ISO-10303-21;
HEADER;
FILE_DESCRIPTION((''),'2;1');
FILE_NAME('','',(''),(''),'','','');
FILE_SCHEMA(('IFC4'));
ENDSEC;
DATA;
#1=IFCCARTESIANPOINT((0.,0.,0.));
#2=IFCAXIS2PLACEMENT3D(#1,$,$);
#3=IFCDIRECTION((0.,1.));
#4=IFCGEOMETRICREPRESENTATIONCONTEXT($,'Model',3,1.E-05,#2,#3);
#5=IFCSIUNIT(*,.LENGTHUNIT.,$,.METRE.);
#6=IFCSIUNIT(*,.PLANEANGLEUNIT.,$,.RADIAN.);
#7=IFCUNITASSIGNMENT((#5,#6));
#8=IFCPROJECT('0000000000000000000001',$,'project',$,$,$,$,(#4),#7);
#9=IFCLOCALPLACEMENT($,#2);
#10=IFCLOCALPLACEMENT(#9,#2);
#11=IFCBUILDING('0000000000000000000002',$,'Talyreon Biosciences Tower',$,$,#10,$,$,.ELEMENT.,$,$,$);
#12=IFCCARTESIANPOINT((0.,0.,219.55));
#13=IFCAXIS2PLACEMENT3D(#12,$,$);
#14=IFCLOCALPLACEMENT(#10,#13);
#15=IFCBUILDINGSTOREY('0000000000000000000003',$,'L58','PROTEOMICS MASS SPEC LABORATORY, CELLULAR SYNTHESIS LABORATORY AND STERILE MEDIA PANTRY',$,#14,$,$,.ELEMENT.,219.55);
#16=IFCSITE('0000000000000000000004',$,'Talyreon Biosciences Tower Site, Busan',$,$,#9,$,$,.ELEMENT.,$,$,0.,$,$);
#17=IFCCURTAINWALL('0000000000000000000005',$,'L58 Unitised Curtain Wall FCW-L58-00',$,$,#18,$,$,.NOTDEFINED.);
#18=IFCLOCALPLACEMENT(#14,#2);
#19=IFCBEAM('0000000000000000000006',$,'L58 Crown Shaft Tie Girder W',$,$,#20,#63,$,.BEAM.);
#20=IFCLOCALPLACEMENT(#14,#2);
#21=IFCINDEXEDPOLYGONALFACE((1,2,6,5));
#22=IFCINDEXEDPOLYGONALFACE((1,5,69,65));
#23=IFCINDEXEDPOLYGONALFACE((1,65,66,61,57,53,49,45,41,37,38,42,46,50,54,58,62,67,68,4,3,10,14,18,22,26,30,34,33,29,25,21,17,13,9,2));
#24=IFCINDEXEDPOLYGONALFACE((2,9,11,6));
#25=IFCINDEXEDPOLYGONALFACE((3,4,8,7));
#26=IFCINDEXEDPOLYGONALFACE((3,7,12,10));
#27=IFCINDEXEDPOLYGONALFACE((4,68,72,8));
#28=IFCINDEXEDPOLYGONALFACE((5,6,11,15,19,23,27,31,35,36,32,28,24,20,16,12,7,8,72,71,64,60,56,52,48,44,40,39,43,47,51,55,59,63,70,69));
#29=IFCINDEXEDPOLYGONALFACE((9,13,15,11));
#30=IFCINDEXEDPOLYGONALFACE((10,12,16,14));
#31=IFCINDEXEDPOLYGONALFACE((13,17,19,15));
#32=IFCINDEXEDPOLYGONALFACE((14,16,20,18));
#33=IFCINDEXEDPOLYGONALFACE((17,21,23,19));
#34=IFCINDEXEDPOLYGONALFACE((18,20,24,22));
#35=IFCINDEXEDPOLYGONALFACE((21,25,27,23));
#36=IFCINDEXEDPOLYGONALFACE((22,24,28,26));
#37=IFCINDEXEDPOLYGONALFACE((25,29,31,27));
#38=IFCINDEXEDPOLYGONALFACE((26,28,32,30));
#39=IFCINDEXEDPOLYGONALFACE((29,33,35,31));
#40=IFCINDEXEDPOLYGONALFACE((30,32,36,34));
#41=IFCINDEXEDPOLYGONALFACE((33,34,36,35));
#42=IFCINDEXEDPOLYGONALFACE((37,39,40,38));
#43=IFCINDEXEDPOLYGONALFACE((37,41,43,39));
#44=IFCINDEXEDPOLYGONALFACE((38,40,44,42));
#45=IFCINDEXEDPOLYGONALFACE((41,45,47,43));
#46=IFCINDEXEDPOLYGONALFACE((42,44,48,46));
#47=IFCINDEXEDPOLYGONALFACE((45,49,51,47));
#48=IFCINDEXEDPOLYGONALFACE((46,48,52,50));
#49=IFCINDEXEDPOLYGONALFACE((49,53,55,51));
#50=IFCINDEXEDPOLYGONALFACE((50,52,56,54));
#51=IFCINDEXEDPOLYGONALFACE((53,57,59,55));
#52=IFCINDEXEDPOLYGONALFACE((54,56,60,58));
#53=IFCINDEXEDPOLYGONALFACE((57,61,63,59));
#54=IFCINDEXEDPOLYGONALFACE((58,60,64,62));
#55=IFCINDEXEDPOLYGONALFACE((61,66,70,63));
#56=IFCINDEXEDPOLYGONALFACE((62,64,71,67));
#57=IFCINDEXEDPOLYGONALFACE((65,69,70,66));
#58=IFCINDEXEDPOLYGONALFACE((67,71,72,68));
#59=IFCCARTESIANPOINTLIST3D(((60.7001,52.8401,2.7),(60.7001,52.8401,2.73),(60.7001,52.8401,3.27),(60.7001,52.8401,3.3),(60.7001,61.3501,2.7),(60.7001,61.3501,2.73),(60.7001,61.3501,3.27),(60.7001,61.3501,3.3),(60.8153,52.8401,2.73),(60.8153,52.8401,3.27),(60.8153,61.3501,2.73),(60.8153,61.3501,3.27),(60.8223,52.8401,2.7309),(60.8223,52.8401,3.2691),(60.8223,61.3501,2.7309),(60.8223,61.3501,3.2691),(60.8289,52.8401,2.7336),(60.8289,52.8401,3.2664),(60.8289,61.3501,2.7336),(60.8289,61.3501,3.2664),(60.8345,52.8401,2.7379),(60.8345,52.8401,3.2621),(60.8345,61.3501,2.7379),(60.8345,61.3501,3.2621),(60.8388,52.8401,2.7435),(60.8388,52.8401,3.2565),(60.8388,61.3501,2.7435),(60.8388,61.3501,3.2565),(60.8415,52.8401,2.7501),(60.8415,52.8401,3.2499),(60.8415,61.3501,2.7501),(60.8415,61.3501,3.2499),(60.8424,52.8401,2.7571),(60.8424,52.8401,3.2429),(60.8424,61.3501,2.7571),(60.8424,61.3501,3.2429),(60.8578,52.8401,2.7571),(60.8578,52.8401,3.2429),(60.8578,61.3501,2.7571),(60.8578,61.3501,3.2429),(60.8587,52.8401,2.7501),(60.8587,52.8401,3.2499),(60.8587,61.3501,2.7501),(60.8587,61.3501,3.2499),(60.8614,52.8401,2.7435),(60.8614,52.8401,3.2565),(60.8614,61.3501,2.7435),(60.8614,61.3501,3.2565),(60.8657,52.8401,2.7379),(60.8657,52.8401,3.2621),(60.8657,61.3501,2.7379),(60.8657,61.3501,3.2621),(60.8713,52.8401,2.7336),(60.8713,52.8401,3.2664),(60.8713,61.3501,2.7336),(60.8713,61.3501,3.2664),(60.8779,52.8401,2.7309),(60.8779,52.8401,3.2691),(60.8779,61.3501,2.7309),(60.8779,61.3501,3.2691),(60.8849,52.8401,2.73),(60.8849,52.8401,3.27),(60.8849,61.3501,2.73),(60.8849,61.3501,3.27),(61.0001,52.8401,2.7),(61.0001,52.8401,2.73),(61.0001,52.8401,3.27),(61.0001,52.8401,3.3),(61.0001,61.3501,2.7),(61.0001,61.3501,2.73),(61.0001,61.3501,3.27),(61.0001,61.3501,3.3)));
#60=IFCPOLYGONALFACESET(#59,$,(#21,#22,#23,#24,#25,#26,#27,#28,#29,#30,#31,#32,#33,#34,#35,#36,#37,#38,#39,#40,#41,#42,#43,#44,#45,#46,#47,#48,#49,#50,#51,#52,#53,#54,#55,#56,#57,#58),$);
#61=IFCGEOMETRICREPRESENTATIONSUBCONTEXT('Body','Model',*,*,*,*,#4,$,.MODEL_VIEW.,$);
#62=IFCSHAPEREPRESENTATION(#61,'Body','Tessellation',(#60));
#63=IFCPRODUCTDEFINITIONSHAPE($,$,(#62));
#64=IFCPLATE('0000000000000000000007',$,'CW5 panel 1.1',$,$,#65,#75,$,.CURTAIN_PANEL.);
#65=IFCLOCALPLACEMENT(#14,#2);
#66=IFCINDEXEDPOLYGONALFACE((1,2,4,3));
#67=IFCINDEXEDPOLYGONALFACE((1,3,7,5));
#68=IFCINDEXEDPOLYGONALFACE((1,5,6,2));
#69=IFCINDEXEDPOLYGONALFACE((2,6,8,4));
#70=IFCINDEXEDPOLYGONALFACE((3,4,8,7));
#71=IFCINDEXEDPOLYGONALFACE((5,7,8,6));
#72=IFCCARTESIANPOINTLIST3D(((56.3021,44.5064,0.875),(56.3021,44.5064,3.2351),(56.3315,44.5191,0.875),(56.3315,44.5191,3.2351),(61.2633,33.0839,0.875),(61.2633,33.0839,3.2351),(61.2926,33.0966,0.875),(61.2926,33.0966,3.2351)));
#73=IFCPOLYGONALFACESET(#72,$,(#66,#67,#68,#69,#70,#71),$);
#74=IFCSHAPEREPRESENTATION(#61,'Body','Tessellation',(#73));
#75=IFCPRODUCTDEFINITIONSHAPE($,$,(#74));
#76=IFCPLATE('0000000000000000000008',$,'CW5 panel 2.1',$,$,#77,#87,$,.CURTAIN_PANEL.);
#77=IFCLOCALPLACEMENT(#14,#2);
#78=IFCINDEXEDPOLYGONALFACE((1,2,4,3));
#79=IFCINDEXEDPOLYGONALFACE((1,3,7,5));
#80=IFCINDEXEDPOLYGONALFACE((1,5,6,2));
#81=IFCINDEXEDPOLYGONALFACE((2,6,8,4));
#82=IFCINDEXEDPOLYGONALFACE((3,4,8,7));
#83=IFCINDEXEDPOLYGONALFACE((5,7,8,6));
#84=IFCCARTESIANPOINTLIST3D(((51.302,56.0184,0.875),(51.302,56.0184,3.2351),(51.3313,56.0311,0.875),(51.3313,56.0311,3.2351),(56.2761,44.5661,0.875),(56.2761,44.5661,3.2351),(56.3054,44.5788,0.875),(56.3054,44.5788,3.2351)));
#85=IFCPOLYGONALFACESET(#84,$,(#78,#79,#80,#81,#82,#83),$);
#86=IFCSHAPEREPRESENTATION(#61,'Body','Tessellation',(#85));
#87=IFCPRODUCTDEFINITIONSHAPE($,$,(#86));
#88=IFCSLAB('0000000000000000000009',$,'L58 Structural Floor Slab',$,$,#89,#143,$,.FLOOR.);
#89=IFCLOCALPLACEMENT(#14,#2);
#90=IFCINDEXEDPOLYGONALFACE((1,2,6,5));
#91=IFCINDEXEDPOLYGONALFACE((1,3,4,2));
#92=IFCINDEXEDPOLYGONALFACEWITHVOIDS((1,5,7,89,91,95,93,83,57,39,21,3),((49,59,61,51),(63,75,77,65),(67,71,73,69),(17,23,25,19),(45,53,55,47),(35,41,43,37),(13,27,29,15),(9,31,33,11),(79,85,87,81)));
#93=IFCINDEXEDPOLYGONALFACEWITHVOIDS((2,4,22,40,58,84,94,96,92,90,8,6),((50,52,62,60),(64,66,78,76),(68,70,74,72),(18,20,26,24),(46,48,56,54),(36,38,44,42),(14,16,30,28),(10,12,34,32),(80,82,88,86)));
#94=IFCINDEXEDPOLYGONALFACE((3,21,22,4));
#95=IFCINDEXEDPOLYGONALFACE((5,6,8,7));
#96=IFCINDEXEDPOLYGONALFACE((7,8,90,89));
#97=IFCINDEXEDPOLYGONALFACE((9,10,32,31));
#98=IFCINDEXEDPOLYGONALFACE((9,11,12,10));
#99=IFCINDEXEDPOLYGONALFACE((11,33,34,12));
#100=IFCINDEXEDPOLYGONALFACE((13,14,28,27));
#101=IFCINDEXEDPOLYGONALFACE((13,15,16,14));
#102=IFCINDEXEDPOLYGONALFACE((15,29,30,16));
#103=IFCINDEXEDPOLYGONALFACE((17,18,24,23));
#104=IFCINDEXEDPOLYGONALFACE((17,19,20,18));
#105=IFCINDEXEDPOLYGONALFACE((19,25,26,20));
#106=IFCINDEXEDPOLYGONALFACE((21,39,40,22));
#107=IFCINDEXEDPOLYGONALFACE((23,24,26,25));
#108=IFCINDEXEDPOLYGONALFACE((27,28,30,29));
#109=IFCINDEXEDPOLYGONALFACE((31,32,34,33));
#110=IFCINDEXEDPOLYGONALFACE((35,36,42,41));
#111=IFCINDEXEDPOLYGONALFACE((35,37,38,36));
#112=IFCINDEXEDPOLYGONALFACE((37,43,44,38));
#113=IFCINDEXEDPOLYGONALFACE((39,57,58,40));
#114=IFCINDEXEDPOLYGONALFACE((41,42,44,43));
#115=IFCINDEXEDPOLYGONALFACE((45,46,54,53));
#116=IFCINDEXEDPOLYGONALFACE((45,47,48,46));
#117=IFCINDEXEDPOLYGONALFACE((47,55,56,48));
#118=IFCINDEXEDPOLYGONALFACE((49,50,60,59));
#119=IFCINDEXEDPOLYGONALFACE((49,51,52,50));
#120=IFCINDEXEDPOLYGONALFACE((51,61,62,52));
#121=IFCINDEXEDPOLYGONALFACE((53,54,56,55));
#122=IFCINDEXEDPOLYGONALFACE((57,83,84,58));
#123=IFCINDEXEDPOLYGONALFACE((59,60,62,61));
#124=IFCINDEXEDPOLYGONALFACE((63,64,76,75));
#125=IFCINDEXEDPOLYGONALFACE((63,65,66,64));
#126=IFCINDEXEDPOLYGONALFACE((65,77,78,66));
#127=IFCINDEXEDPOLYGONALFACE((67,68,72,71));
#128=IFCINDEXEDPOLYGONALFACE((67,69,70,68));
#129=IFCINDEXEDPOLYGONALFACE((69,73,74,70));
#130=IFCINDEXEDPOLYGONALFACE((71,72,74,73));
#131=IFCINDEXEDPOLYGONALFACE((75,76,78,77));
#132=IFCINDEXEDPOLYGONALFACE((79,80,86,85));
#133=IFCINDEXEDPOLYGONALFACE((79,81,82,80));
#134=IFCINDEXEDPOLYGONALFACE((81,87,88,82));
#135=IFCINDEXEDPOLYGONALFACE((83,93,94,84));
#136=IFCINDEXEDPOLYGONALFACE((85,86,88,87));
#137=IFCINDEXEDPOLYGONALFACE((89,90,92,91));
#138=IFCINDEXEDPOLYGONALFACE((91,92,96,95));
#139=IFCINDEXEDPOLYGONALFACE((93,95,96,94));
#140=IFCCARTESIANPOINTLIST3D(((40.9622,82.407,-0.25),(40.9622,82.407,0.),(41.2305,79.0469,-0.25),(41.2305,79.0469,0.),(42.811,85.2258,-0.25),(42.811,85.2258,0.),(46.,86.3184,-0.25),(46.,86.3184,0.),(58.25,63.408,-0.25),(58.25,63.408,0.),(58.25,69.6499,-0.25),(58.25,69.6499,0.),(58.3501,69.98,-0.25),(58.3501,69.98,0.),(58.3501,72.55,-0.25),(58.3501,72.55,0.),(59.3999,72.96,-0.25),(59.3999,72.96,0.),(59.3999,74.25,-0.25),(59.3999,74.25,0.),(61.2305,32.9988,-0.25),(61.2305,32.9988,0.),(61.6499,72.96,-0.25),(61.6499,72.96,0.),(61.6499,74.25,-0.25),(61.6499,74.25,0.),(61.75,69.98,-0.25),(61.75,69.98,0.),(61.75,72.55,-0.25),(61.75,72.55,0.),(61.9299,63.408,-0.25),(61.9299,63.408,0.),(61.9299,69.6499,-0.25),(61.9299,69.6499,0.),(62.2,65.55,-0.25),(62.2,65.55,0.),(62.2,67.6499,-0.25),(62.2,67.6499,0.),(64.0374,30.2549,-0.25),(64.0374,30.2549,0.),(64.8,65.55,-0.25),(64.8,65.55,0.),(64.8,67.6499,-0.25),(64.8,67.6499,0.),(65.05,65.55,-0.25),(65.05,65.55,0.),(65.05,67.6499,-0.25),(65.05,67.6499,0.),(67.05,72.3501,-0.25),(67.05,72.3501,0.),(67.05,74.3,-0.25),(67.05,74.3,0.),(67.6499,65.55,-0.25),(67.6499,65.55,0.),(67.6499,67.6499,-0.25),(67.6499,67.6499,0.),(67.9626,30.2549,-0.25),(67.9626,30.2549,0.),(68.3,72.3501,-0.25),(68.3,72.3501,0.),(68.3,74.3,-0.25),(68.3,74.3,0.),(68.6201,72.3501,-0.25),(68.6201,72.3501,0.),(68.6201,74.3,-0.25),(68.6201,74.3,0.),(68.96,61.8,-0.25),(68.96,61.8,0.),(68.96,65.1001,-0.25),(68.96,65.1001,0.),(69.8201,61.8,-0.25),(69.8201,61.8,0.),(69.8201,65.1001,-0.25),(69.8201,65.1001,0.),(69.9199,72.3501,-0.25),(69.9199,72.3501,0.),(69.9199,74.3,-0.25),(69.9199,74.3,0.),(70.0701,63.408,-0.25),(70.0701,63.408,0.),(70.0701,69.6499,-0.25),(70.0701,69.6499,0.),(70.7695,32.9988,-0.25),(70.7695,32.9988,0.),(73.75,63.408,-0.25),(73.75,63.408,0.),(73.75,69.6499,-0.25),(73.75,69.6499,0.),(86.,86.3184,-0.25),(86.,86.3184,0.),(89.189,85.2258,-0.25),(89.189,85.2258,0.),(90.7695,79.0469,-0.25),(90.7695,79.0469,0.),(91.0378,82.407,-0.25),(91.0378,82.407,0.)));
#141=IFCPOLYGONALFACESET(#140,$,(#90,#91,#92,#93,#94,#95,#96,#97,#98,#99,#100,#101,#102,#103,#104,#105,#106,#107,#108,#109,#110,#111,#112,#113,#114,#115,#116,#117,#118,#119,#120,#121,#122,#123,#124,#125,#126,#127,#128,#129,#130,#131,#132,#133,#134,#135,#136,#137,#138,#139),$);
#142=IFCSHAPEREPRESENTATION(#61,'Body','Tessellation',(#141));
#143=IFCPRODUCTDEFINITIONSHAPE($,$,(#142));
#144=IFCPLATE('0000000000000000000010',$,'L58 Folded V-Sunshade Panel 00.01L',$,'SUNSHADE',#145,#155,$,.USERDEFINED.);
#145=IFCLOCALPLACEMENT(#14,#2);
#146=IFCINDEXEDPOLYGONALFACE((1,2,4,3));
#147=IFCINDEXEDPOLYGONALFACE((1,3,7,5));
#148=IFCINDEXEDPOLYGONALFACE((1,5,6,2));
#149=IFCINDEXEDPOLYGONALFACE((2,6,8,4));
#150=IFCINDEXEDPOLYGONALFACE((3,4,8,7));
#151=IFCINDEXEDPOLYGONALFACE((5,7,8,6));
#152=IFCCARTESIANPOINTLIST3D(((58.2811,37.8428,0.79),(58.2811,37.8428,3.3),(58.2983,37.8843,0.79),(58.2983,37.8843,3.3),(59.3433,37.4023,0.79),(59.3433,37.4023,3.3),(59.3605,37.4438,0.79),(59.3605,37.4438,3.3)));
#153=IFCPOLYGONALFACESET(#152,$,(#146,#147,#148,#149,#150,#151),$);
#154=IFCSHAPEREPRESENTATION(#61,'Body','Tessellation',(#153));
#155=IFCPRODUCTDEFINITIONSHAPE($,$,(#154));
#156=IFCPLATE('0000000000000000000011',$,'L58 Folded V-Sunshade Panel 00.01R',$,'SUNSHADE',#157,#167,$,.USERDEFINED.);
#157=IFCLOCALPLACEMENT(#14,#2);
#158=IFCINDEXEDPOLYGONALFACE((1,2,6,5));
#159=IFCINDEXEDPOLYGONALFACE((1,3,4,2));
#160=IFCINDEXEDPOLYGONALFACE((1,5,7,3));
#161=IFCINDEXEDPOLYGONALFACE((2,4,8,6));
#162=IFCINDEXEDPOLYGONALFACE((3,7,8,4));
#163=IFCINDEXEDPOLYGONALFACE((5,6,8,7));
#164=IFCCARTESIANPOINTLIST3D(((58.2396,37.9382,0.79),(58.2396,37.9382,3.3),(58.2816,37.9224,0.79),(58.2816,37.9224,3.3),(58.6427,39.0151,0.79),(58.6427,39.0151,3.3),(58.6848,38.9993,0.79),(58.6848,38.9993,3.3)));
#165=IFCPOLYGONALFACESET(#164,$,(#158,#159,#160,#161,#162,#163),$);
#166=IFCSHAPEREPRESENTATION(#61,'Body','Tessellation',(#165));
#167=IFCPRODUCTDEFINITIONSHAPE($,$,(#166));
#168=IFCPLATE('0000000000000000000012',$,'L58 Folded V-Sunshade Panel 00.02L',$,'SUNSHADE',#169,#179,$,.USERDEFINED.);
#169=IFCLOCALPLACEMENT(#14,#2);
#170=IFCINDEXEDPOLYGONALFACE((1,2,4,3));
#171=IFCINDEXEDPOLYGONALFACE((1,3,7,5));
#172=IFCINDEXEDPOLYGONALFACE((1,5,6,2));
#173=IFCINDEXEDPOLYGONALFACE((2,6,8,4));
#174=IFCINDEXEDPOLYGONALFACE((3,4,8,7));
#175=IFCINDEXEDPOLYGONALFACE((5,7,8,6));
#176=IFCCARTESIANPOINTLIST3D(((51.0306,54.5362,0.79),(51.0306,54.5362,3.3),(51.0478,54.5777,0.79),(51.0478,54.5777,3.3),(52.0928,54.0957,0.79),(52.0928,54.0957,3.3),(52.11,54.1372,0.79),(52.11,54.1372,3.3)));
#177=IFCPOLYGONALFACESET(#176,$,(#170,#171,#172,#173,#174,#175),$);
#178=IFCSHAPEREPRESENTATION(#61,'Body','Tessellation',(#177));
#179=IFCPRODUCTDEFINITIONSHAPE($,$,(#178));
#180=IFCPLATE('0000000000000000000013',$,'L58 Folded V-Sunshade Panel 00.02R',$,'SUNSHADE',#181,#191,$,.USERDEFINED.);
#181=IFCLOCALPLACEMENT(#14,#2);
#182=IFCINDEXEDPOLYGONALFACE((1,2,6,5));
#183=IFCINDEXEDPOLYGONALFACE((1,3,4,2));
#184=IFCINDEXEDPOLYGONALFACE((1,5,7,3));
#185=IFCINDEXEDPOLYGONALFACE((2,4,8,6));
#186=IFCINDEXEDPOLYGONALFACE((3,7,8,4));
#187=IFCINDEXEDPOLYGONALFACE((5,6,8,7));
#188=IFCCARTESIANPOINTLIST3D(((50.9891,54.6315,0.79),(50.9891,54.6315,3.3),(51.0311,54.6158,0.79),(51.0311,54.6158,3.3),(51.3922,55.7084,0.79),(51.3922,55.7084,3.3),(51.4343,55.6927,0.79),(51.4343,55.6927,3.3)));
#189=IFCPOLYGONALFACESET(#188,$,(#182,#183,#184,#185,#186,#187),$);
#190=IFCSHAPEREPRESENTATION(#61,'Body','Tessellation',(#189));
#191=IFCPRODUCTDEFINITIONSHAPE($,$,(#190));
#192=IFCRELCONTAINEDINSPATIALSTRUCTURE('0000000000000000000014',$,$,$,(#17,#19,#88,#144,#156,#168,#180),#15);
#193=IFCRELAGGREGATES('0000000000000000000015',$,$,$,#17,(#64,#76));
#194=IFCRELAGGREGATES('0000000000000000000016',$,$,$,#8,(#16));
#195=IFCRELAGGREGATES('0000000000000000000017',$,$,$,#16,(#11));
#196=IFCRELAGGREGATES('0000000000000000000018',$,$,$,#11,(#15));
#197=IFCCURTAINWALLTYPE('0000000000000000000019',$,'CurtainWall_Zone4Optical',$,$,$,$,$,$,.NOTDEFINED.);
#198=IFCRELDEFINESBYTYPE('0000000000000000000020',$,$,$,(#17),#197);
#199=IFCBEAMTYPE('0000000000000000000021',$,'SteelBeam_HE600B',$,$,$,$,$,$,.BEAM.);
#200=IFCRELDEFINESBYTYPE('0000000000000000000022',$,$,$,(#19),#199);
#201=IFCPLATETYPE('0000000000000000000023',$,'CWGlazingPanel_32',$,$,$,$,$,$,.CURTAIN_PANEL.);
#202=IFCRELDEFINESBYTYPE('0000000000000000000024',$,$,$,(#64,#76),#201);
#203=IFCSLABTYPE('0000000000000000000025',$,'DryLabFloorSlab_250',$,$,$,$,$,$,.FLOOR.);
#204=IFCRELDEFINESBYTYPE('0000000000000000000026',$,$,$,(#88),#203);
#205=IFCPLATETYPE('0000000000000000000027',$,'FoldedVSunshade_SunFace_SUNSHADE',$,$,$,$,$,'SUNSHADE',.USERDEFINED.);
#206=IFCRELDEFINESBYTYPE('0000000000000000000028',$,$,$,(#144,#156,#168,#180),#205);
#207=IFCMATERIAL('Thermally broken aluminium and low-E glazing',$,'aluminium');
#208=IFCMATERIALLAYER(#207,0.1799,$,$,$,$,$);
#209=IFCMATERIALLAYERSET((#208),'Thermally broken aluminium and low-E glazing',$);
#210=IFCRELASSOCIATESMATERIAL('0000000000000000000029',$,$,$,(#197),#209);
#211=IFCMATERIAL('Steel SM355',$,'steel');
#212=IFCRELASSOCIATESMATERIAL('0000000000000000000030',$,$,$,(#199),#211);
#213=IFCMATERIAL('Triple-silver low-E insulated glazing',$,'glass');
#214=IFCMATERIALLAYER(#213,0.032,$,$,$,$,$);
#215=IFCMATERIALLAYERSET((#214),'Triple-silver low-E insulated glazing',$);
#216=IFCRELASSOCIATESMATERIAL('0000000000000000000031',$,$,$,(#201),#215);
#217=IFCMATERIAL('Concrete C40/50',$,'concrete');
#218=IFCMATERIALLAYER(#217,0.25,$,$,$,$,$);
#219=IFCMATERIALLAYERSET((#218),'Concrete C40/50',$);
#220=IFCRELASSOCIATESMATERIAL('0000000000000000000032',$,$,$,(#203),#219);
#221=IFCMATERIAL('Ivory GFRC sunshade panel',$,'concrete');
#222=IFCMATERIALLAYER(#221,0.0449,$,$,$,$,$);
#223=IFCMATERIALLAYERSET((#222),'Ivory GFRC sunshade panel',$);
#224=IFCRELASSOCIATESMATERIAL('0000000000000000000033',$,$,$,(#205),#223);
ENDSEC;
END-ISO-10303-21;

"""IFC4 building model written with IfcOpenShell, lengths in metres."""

from ifc_helpers import new_model, si_unit, direction, frame, origin, origin_2d, place, context, subcontext, project, spatial, polyline, rectangle, i_section, outline, extrude, material, layer, layer_set, material_profile, profile_set, type_object, element, aggregate, save


model = new_model("IFC4")

# Units and contexts
model_context = context("Model", 3, precision=1e-05, world=origin(), true_north=direction((0.0, 1.0)))
body_context = subcontext(model_context, "Body", "Model", "MODEL_VIEW")
ifc_project = project(units=[si_unit("LENGTHUNIT", "METRE"), si_unit("PLANEANGLEUNIT", "RADIAN")], contexts=[model_context])

# Site, building, storey
site_placement = place(None, origin())
site = spatial("IfcSite", under=ifc_project, at=site_placement, Name="Talyreon Biosciences Tower Site, Busan", CompositionType="ELEMENT", RefElevation=0.0)
building_placement = place(site_placement, origin())
building = spatial("IfcBuilding", under=site, at=building_placement, Name="Talyreon Biosciences Tower", CompositionType="ELEMENT")
storey_placement = place(building_placement, frame((0.0, 0.0, 219.55)))
storey = spatial("IfcBuildingStorey", under=building, at=storey_placement, Name="L58", Description="PROTEOMICS MASS SPEC LABORATORY, CELLULAR SYNTHESIS LABORATORY AND STERILE MEDIA PANTRY", CompositionType="ELEMENT", Elevation=219.55)

# Curtain wall
ifc_material_1 = material(Name="Thermally broken aluminium and low-E glazing", Category="aluminium")
ifc_layer_1 = layer(ifc_material_1, 0.1799)
ifc_layer_set_1 = layer_set([ifc_layer_1], Name="Thermally broken aluminium and low-E glazing")
curtain_wall_type = type_object("IfcCurtainWallType", Name="CurtainWall_Zone4Optical", PredefinedType="NOTDEFINED", material=ifc_layer_set_1)
curtain_wall_placement = place(storey_placement, origin())
curtain_wall = element("IfcCurtainWall", 1, at=curtain_wall_placement, inside=storey, type_object=curtain_wall_type, Name="L58 Unitised Curtain Wall FCW-L58-00", PredefinedType="NOTDEFINED")

# Beam
ifc_material_2 = material(Name="Steel SM355", Category="steel")
ifc_material_profile_1 = material_profile(ifc_material_2, i_section(OverallWidth=0.3, OverallDepth=0.6001, WebThickness=0.0154, FlangeThickness=0.03, FilletRadius=0.0271, at=origin_2d()), Name="HE600B")
ifc_profile_set_1 = profile_set([ifc_material_profile_1], Name="Steel SM355")
beam_type_1 = type_object("IfcBeamType", Name="SteelBeam_HE600B", PredefinedType="BEAM", material=ifc_profile_set_1)
beam_1_placement = place(storey_placement, frame((60.8501, 52.8401, 3.0), z_axis=(0.0, 1.0, 0.0), x_axis=(-1.0, 0.0, 0.0)))
element("IfcBeam", 2, at=beam_1_placement, inside=storey, type_object=beam_type_1, Name="L58 Crown Shaft Tie Girder W", PredefinedType="BEAM", context=body_context, shape_type="SweptSolid", body=[
    extrude(i_section(OverallWidth=0.3, OverallDepth=0.6001, WebThickness=0.0154, FlangeThickness=0.03, FilletRadius=0.0271, at=origin_2d()), origin(), (0.0, 0.0, 1.0), 8.51),
])

# Plates
ifc_material_3 = material(Name="Triple-silver low-E insulated glazing", Category="glass")
ifc_layer_2 = layer(ifc_material_3, 0.032)
ifc_layer_set_2 = layer_set([ifc_layer_2], Name="Triple-silver low-E insulated glazing")
plate_type_1 = type_object("IfcPlateType", Name="CWGlazingPanel_32", PredefinedType="CURTAIN_PANEL", material=ifc_layer_set_2)
plate_1_placement = place(storey_placement, frame((58.7974, 38.8015, 0.875), z_axis=(0.0, 0.0, 1.0), x_axis=(-0.398376, 0.917222, 0.0)))
plate_1 = element("IfcPlate", 3, at=plate_1_placement, type_object=plate_type_1, Name="CW5 panel 1.1", PredefinedType="CURTAIN_PANEL", context=body_context, shape_type="SweptSolid", body=[
    extrude(rectangle(XDim=12.4534, YDim=0.032, at=origin_2d()), origin(), (0.0, 0.0, 1.0), 2.3601),
])
plate_2_placement = place(storey_placement, frame((53.8037, 50.2986, 0.875), z_axis=(0.0, 0.0, 1.0), x_axis=(-0.398376, 0.917222, 0.0)))
plate_2 = element("IfcPlate", 4, at=plate_2_placement, type_object=plate_type_1, Name="CW5 panel 2.1", PredefinedType="CURTAIN_PANEL", context=body_context, shape_type="SweptSolid", body=[
    extrude(rectangle(XDim=12.4858, YDim=0.032, at=origin_2d()), origin(), (0.0, 0.0, 1.0), 2.3601),
])
aggregate(curtain_wall, [plate_1, plate_2])

# Slab
ifc_material_4 = material(Name="Concrete C40/50", Category="concrete")
ifc_layer_3 = layer(ifc_material_4, 0.25)
ifc_layer_set_3 = layer_set([ifc_layer_3], Name="Concrete C40/50")
slab_type_1 = type_object("IfcSlabType", Name="DryLabFloorSlab_250", PredefinedType="FLOOR", material=ifc_layer_set_3)
slab_1_placement = place(storey_placement, frame((0.0, 0.0, -0.25)))
element("IfcSlab", 5, at=slab_1_placement, inside=storey, type_object=slab_type_1, Name="L58 Structural Floor Slab", PredefinedType="FLOOR", context=body_context, shape_type="SweptSolid", body=[
    extrude(outline(polyline([(61.2305, 32.9988), (41.2305, 79.0469), (40.9622, 82.407), (42.811, 85.2258), (46.0, 86.3184), (86.0, 86.3184), (89.189, 85.2258), (91.0378, 82.407), (90.7695, 79.0469), (70.7695, 32.9988), (67.9626, 30.2549), (64.0374, 30.2549), (61.2305, 32.9988)]), holes=[polyline([(69.8201, 65.1001), (69.8201, 61.8), (68.96, 61.8), (68.96, 65.1001), (69.8201, 65.1001)]), polyline([(61.9299, 69.6499), (61.9299, 63.408), (58.25, 63.408), (58.25, 69.6499), (61.9299, 69.6499)]), polyline([(73.75, 69.6499), (73.75, 63.408), (70.0701, 63.408), (70.0701, 69.6499), (73.75, 69.6499)]), polyline([(64.8, 67.6499), (64.8, 65.55), (62.2, 65.55), (62.2, 67.6499), (64.8, 67.6499)]), polyline([(67.6499, 67.6499), (67.6499, 65.55), (65.05, 65.55), (65.05, 67.6499), (67.6499, 67.6499)]), polyline([(61.75, 72.55), (61.75, 69.98), (58.3501, 69.98), (58.3501, 72.55), (61.75, 72.55)]), polyline([(68.3, 74.3), (68.3, 72.3501), (67.05, 72.3501), (67.05, 74.3), (68.3, 74.3)]), polyline([(69.9199, 72.3501), (68.6201, 72.3501), (68.6201, 74.3), (69.9199, 74.3), (69.9199, 72.3501)]), polyline([(61.6499, 72.96), (59.3999, 72.96), (59.3999, 74.25), (61.6499, 74.25), (61.6499, 72.96)])]), origin(), (0.0, 0.0, 1.0), 0.25),
])

# Plates
ifc_material_5 = material(Name="Ivory GFRC sunshade panel", Category="concrete")
ifc_layer_4 = layer(ifc_material_5, 0.0449)
ifc_layer_set_4 = layer_set([ifc_layer_4], Name="Ivory GFRC sunshade panel")
plate_type_2 = type_object("IfcPlateType", Name="FoldedVSunshade_SunFace_SUNSHADE", ElementType="SUNSHADE", PredefinedType="USERDEFINED", material=ifc_layer_set_4)
for number, where, z_axis, x_axis, name in (
    (6, (58.8208, 37.6433, 0.79), (0.0, 0.0, 1.0), (-0.923726, 0.383054, 0.0), "L58 Folded V-Sunshade Panel 00.01L"),
    (7, (58.4622, 38.4688, 0.79), (0.0, 0.0, 1.0), (0.350583, 0.936532, 0.0), "L58 Folded V-Sunshade Panel 00.01R"),
    (8, (51.5703, 54.3367, 0.79), (0.0, 0.0, 1.0), (-0.923726, 0.383054, 0.0), "L58 Folded V-Sunshade Panel 00.02L"),
    (9, (51.2117, 55.1621, 0.79), (0.0, 0.0, 1.0), (0.350583, 0.936532, 0.0), "L58 Folded V-Sunshade Panel 00.02R"),
):
    element("IfcPlate", number, at=place(storey_placement, frame(where, z_axis=z_axis, x_axis=x_axis)), inside=storey, type_object=plate_type_2, Name=name, ObjectType="SUNSHADE", PredefinedType="USERDEFINED", context=body_context, shape_type="SweptSolid", body=[
        extrude(rectangle(XDim=1.1499, YDim=0.0449, at=origin_2d()), origin(), (0.0, 0.0, 1.0), 2.51),
    ])

save(model, "model.ifc")
